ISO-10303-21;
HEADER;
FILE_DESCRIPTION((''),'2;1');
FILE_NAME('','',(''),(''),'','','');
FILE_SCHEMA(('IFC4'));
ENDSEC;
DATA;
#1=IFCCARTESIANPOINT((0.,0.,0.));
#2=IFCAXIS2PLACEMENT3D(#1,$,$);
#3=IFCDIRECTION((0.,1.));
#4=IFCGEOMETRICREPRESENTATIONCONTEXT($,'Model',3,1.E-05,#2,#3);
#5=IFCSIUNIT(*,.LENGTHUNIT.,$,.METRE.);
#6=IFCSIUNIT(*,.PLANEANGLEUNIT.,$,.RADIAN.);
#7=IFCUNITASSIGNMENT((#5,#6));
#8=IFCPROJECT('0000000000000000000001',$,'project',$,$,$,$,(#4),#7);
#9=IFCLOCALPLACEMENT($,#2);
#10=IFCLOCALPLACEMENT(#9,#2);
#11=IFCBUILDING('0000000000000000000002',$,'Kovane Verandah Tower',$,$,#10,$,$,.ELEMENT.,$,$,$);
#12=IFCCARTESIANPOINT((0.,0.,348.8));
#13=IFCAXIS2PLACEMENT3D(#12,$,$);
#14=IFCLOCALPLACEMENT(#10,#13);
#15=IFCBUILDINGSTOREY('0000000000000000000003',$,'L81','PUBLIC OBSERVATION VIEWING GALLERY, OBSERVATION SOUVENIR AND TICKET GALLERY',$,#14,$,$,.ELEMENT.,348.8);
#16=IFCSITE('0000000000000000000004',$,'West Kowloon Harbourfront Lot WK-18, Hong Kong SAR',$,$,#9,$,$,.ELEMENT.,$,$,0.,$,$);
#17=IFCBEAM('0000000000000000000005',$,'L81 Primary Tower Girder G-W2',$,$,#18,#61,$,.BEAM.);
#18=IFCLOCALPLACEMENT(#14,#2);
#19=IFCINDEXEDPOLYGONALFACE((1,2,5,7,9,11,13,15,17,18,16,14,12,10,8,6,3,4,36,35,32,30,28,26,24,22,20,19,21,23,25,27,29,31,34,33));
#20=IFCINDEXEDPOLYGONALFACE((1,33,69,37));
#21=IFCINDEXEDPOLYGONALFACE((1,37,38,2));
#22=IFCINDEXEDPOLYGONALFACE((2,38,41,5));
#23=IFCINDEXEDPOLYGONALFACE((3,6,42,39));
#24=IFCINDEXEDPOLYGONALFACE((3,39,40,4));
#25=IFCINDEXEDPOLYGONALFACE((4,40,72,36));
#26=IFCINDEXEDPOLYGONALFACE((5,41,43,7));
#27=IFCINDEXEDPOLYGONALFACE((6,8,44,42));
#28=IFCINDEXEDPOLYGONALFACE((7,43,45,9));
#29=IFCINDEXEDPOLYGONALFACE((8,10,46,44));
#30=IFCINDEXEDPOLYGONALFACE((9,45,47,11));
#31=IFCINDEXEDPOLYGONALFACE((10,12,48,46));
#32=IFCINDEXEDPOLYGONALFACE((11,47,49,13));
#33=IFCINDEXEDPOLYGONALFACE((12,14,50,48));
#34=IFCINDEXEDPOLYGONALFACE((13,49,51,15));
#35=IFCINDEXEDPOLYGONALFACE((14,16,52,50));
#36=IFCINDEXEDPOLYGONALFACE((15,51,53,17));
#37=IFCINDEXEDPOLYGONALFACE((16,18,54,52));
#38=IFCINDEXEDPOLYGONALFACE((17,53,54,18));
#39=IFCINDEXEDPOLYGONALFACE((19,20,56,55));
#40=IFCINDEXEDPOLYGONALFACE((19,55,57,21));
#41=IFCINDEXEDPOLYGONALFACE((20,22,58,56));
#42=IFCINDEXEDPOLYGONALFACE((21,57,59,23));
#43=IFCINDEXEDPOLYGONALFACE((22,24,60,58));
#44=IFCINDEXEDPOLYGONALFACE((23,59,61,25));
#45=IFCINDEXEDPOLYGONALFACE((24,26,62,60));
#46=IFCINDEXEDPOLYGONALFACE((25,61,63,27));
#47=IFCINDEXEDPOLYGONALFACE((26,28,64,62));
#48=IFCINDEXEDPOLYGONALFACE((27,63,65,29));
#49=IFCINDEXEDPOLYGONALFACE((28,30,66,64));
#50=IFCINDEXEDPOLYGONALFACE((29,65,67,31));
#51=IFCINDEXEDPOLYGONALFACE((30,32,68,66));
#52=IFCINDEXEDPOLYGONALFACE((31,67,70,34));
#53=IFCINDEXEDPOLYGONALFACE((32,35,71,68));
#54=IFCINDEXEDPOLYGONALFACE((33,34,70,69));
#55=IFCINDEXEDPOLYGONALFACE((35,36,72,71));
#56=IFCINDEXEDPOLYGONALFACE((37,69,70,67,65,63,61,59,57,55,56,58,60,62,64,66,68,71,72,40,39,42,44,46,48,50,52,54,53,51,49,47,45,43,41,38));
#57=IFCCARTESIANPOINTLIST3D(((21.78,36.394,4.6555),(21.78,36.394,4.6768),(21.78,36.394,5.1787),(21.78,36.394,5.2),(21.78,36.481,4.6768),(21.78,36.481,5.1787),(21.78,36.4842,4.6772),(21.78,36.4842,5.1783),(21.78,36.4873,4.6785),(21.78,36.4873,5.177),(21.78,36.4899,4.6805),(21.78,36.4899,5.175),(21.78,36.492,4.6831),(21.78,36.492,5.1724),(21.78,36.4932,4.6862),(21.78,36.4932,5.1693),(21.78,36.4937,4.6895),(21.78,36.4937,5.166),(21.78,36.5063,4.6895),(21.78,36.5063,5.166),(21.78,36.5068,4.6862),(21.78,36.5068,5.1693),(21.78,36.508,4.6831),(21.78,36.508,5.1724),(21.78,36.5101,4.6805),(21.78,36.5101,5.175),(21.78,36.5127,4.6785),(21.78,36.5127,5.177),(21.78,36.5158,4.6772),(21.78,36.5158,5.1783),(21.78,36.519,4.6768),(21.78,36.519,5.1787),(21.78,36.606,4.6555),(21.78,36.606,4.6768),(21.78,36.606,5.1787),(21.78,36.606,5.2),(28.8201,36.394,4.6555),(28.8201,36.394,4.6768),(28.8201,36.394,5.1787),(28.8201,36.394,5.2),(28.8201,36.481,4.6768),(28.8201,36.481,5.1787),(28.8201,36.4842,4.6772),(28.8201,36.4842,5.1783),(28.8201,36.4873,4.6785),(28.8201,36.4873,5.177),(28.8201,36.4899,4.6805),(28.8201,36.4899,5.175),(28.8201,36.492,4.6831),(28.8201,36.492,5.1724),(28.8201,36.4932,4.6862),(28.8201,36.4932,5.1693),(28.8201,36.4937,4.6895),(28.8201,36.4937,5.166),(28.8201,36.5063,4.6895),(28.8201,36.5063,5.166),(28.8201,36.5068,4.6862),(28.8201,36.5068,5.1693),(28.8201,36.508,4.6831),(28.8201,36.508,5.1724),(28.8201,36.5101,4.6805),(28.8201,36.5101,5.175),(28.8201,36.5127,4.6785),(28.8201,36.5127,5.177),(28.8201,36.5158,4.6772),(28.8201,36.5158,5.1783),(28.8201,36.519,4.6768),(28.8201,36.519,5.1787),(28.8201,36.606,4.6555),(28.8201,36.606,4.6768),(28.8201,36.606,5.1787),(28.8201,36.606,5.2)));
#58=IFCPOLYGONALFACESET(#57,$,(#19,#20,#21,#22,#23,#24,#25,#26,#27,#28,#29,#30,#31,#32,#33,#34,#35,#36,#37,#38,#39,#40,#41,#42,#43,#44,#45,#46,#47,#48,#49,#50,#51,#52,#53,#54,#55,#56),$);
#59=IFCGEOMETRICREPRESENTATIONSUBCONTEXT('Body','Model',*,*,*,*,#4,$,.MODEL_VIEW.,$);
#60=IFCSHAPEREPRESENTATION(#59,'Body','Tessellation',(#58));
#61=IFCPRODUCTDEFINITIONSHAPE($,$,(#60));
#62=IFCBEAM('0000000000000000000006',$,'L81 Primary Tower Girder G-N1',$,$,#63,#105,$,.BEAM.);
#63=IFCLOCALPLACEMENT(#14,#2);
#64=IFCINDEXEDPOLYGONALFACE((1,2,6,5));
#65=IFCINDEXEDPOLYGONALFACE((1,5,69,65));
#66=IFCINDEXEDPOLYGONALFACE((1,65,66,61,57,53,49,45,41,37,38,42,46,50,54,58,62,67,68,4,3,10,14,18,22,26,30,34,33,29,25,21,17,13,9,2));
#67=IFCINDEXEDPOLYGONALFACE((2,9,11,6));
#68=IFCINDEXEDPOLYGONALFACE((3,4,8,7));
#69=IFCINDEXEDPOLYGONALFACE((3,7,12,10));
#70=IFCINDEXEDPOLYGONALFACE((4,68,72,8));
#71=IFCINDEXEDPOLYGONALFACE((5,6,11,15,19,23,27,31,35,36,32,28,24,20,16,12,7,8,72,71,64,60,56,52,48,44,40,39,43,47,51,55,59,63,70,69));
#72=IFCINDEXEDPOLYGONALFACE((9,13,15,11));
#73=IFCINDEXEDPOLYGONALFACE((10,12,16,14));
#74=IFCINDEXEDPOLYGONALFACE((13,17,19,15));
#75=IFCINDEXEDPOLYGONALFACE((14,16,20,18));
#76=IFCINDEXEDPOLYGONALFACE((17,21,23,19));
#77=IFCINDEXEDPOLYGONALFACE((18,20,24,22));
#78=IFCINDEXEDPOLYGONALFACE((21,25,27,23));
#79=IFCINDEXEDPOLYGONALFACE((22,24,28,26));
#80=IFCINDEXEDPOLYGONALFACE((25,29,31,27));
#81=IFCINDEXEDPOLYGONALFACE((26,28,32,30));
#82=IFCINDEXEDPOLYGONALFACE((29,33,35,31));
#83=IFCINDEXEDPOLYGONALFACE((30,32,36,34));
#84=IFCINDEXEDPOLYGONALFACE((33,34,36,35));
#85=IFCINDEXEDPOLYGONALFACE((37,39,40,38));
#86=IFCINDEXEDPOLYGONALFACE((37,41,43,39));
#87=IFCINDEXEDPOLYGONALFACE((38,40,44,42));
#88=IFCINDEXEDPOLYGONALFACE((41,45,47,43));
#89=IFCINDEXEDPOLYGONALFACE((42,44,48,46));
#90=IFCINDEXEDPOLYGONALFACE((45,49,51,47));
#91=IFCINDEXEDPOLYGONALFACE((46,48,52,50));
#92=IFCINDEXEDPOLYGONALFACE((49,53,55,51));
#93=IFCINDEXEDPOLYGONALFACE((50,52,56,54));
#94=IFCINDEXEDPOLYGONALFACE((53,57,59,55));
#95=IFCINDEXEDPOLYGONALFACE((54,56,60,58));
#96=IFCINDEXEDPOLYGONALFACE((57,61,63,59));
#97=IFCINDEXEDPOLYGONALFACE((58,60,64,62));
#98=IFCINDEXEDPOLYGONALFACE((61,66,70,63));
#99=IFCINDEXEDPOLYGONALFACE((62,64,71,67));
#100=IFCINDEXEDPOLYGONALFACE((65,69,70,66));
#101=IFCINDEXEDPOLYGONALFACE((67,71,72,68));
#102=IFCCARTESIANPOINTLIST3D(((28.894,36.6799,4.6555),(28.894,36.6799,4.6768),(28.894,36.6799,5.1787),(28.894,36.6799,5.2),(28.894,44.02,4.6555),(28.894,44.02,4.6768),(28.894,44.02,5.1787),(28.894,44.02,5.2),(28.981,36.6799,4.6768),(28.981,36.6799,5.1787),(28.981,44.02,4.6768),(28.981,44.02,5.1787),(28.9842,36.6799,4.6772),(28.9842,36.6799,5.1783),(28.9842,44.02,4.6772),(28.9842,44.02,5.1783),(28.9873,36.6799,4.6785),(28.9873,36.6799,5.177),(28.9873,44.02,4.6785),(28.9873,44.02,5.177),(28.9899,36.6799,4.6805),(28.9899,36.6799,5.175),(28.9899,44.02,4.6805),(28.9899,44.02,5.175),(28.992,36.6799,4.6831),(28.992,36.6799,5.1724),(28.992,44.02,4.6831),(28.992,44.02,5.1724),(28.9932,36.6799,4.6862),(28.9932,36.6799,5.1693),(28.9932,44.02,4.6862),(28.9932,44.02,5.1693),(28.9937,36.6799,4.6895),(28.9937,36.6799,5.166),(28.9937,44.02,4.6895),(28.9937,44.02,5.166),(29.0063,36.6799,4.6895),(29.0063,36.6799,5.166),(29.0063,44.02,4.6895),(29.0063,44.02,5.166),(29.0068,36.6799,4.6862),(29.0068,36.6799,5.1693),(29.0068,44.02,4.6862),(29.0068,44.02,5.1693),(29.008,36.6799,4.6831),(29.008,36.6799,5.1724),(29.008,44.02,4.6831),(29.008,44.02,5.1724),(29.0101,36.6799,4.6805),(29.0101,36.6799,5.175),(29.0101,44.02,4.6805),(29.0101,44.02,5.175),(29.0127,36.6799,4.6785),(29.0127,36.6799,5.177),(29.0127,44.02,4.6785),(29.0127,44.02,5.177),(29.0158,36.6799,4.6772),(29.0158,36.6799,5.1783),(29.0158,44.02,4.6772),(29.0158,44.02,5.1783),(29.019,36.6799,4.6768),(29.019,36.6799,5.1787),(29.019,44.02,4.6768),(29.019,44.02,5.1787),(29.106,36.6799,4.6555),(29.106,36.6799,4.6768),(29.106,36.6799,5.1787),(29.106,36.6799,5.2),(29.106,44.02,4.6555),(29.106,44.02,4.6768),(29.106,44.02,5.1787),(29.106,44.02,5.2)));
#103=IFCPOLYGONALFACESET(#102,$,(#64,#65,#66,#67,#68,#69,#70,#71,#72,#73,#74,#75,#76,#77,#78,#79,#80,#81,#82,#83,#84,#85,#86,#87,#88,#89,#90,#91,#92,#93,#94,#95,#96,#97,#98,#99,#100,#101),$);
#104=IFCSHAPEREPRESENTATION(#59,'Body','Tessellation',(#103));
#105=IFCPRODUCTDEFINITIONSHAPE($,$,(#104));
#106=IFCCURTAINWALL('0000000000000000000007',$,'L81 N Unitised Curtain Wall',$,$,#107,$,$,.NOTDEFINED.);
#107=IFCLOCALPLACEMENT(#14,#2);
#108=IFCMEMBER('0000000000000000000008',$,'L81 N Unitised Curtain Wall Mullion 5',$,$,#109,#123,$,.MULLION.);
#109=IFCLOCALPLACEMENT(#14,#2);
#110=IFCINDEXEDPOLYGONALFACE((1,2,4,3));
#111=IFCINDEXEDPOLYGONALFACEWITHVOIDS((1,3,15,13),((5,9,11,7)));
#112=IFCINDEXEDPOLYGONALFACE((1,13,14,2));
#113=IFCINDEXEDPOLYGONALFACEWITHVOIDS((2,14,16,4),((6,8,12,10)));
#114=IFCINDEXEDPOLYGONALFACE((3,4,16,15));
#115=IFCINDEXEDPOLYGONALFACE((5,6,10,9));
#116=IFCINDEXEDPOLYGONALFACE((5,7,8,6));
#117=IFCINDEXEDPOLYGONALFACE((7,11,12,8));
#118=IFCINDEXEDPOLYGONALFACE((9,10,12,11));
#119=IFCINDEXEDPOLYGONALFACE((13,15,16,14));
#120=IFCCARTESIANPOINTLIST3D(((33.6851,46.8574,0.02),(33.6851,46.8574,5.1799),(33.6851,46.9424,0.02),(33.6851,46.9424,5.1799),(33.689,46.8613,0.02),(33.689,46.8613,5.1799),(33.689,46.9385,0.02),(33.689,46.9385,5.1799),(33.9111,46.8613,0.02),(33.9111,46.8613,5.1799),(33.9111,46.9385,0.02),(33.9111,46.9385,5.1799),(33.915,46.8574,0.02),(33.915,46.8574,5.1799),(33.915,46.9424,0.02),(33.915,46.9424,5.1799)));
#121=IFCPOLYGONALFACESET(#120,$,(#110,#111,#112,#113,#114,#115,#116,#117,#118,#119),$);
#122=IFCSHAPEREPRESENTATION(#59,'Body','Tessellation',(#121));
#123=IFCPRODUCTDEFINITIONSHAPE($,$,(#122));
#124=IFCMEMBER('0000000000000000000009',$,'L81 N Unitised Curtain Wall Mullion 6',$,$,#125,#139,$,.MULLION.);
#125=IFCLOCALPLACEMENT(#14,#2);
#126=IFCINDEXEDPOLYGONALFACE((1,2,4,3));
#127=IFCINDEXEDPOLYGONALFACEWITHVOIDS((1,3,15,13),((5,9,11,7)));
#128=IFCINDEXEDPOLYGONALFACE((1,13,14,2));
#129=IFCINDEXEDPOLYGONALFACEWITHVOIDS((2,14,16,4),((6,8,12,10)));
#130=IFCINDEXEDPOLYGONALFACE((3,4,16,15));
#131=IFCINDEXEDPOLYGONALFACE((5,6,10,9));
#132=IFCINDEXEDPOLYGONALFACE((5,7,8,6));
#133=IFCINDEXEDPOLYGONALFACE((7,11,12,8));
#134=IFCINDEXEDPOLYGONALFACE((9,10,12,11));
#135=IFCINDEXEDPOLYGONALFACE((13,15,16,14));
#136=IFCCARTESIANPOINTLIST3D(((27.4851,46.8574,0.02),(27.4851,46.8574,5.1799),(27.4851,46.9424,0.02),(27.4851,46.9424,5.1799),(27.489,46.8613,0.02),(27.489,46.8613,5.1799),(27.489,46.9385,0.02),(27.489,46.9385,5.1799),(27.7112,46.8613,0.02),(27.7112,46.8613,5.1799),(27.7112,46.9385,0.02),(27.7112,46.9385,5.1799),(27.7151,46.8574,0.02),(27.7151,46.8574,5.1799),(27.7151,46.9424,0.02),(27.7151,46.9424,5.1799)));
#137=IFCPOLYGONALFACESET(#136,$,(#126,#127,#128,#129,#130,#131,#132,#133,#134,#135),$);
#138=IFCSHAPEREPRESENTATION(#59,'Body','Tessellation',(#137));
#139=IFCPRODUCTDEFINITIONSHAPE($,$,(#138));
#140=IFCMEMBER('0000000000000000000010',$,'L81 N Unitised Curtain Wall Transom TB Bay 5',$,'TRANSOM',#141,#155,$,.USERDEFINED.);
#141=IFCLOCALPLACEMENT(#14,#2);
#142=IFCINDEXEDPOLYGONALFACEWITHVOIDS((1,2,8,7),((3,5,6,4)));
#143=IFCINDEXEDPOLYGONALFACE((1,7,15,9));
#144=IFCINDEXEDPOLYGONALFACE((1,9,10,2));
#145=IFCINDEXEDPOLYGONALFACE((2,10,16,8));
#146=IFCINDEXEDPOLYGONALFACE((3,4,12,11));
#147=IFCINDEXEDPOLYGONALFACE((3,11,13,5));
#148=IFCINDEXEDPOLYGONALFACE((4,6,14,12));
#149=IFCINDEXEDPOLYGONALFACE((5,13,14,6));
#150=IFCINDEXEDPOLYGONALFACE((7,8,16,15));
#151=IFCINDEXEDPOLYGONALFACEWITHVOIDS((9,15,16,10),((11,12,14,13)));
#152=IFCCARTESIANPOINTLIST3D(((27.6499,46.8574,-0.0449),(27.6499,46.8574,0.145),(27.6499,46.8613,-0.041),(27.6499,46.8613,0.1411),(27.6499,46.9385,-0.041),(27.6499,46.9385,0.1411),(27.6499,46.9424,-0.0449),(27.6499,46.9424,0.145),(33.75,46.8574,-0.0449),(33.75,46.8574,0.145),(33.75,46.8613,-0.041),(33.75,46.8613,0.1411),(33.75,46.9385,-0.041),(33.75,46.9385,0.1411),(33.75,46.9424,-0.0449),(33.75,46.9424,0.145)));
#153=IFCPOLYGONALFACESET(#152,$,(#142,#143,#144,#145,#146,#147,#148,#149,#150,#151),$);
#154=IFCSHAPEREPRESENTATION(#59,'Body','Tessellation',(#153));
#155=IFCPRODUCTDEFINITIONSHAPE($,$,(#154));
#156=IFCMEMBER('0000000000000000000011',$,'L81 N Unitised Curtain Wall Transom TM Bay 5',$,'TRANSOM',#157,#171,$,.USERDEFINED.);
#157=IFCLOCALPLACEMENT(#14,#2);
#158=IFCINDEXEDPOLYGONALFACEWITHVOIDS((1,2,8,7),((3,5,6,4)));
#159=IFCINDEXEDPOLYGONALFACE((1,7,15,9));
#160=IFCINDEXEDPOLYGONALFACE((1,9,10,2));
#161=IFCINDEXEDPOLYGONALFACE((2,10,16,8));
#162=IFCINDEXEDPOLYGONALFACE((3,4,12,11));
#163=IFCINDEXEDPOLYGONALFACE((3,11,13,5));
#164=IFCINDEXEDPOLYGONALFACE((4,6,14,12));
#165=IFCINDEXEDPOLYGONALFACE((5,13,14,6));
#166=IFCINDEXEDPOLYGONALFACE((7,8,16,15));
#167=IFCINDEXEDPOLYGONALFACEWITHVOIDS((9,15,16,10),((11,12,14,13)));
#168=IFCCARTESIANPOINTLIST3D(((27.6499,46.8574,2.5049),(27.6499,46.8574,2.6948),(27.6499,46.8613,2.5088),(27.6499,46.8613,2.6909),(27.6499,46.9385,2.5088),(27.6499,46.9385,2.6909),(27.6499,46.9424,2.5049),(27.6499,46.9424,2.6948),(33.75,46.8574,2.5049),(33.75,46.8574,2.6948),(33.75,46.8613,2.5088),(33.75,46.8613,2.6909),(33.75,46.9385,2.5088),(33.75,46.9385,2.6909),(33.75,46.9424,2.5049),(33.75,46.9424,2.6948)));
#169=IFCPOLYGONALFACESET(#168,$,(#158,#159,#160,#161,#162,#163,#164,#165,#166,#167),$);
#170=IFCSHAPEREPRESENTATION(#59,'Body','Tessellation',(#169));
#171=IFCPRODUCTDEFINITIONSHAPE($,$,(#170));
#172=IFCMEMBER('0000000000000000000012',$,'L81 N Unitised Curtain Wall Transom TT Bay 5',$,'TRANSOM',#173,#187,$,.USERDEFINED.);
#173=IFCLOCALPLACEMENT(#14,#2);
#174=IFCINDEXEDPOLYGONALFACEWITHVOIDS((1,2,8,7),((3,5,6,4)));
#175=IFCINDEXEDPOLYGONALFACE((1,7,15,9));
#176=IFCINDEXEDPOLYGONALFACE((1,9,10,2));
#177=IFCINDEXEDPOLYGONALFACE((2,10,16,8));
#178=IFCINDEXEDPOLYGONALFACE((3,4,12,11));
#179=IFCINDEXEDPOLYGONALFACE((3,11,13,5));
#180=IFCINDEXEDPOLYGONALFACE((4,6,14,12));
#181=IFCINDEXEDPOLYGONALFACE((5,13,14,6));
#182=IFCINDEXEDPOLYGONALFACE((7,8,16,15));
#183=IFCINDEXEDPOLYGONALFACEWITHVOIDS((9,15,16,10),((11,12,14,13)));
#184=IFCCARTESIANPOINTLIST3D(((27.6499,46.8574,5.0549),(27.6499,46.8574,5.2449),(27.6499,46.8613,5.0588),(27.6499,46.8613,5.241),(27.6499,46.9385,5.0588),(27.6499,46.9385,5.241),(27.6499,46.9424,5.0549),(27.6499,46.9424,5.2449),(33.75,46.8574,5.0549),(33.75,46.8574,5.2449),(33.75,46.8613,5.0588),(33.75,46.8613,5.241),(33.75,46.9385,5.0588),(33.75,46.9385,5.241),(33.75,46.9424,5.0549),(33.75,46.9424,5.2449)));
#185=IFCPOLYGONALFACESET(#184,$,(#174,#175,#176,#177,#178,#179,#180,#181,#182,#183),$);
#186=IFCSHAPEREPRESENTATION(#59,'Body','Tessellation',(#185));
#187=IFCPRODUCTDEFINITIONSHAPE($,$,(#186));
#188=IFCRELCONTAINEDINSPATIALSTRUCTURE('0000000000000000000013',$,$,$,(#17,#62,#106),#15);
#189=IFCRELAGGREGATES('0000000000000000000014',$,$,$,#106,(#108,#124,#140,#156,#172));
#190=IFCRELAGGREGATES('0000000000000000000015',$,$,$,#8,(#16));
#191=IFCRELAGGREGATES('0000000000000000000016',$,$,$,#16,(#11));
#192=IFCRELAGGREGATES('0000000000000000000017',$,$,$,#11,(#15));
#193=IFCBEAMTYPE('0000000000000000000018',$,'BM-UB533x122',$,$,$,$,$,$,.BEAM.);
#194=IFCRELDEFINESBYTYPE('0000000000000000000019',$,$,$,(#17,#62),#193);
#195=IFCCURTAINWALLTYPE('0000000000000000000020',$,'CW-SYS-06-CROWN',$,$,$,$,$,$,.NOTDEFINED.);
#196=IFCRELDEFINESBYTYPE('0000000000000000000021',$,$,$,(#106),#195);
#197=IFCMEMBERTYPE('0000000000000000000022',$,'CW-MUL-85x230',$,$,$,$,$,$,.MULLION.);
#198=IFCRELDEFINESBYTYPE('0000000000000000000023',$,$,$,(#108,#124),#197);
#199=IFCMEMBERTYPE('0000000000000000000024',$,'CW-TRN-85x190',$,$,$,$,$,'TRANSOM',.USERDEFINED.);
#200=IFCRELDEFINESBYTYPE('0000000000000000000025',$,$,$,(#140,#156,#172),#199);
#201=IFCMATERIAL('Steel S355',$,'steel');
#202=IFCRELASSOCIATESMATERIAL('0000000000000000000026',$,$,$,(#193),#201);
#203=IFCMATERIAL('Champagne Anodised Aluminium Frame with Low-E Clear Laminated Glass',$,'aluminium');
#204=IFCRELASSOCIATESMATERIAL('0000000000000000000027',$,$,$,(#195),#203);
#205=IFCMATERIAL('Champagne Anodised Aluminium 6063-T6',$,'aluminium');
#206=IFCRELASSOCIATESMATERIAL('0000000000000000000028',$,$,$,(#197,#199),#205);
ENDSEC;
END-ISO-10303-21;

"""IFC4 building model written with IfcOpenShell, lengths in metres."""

from ifc_helpers import new_model, si_unit, direction, frame, origin, origin_2d, place, context, subcontext, project, spatial, hollow_rectangle, i_section, extrude, material, material_profile, profile_set, type_object, element, aggregate, save


model = new_model("IFC4")

# Units and contexts
model_context = context("Model", 3, precision=1e-05, world=origin(), true_north=direction((0.0, 1.0)))
body_context = subcontext(model_context, "Body", "Model", "MODEL_VIEW")
ifc_project = project(units=[si_unit("LENGTHUNIT", "METRE"), si_unit("PLANEANGLEUNIT", "RADIAN")], contexts=[model_context])

# Site, building, storey
site_placement = place(None, origin())
site = spatial("IfcSite", under=ifc_project, at=site_placement, Name="West Kowloon Harbourfront Lot WK-18, Hong Kong SAR", CompositionType="ELEMENT", RefElevation=0.0)
building_placement = place(site_placement, origin())
building = spatial("IfcBuilding", under=site, at=building_placement, Name="Kovane Verandah Tower", CompositionType="ELEMENT")
storey_placement = place(building_placement, frame((0.0, 0.0, 348.8)))
storey = spatial("IfcBuildingStorey", under=building, at=storey_placement, Name="L81", Description="PUBLIC OBSERVATION VIEWING GALLERY, OBSERVATION SOUVENIR AND TICKET GALLERY", CompositionType="ELEMENT", Elevation=348.8)

# Shared definitions
ifc_material_1 = material(Name="Steel S355", Category="steel")

# Beams
ifc_material_profile_1 = material_profile(ifc_material_1, i_section(OverallWidth=0.2119, OverallDepth=0.5444, WebThickness=0.0127, FlangeThickness=0.0212, FilletRadius=0.0127, at=origin_2d()), Name="UB533x210x122")
ifc_profile_set_1 = profile_set([ifc_material_profile_1], Name="Steel S355")
beam_type_1 = type_object("IfcBeamType", Name="BM-UB533x122", PredefinedType="BEAM", material=ifc_profile_set_1)
beam_1_placement = place(storey_placement, frame((28.8201, 36.5, 4.9277), z_axis=(-1.0, 0.0, 0.0), x_axis=(0.0, -1.0, 0.0)))
element("IfcBeam", 1, at=beam_1_placement, inside=storey, type_object=beam_type_1, Name="L81 Primary Tower Girder G-W2", PredefinedType="BEAM", context=body_context, shape_type="SweptSolid", body=[
    extrude(i_section(OverallWidth=0.2119, OverallDepth=0.5444, WebThickness=0.0127, FlangeThickness=0.0212, FilletRadius=0.0127, at=origin_2d()), origin(), (0.0, 0.0, 1.0), 7.04),
])
beam_2_placement = place(storey_placement, frame((29.0, 36.6799, 4.9277), z_axis=(0.0, 1.0, 0.0), x_axis=(-1.0, 0.0, 0.0)))
element("IfcBeam", 2, at=beam_2_placement, inside=storey, type_object=beam_type_1, Name="L81 Primary Tower Girder G-N1", PredefinedType="BEAM", context=body_context, shape_type="SweptSolid", body=[
    extrude(i_section(OverallWidth=0.2119, OverallDepth=0.5444, WebThickness=0.0127, FlangeThickness=0.0212, FilletRadius=0.0127, at=origin_2d()), origin(), (0.0, 0.0, 1.0), 7.3401),
])

# Curtain wall, members
ifc_material_2 = material(Name="Champagne Anodised Aluminium Frame with Low-E Clear Laminated Glass", Category="aluminium")
curtain_wall_type = type_object("IfcCurtainWallType", Name="CW-SYS-06-CROWN", PredefinedType="NOTDEFINED", material=ifc_material_2)
curtain_wall_placement = place(storey_placement, origin())
curtain_wall = element("IfcCurtainWall", 3, at=curtain_wall_placement, inside=storey, type_object=curtain_wall_type, Name="L81 N Unitised Curtain Wall", PredefinedType="NOTDEFINED")
ifc_material_3 = material(Name="Champagne Anodised Aluminium 6063-T6", Category="aluminium")
ifc_material_profile_2 = material_profile(ifc_material_3, hollow_rectangle(XDim=0.085, YDim=0.23, WallThickness=0.0039, at=origin_2d()), Name="AL85x230x4")
ifc_profile_set_2 = profile_set([ifc_material_profile_2], Name="Champagne Anodised Aluminium 6063-T6")
member_type_1 = type_object("IfcMemberType", Name="CW-MUL-85x230", PredefinedType="MULLION", material=ifc_profile_set_2)
member_1_placement = place(storey_placement, frame((33.8, 46.8999, 0.02), z_axis=(0.0, 0.0, 1.0), x_axis=(0.0, 1.0, 0.0)))
member_1 = element("IfcMember", 4, at=member_1_placement, type_object=member_type_1, Name="L81 N Unitised Curtain Wall Mullion 5", PredefinedType="MULLION", context=body_context, shape_type="SweptSolid", body=[
    extrude(hollow_rectangle(XDim=0.085, YDim=0.23, WallThickness=0.0039, at=origin_2d()), origin(), (0.0, 0.0, 1.0), 5.1599),
])
member_2_placement = place(storey_placement, frame((27.6001, 46.8999, 0.02), z_axis=(0.0, 0.0, 1.0), x_axis=(0.0, 1.0, 0.0)))
member_2 = element("IfcMember", 5, at=member_2_placement, type_object=member_type_1, Name="L81 N Unitised Curtain Wall Mullion 6", PredefinedType="MULLION", context=body_context, shape_type="SweptSolid", body=[
    extrude(hollow_rectangle(XDim=0.085, YDim=0.23, WallThickness=0.0039, at=origin_2d()), origin(), (0.0, 0.0, 1.0), 5.1599),
])
ifc_material_profile_3 = material_profile(ifc_material_3, hollow_rectangle(XDim=0.085, YDim=0.1899, WallThickness=0.0039, at=origin_2d()), Name="AL85x190x4")
ifc_profile_set_3 = profile_set([ifc_material_profile_3], Name="Champagne Anodised Aluminium 6063-T6")
member_type_2 = type_object("IfcMemberType", Name="CW-TRN-85x190", ElementType="TRANSOM", PredefinedType="USERDEFINED", material=ifc_profile_set_3)
member_3_placement = place(storey_placement, frame((33.75, 46.8999, 0.05), z_axis=(-1.0, 0.0, 0.0), x_axis=(0.0, -1.0, 0.0)))
member_3 = element("IfcMember", 6, at=member_3_placement, type_object=member_type_2, Name="L81 N Unitised Curtain Wall Transom TB Bay 5", ObjectType="TRANSOM", PredefinedType="USERDEFINED", context=body_context, shape_type="SweptSolid", body=[
    extrude(hollow_rectangle(XDim=0.085, YDim=0.1899, WallThickness=0.0039, at=origin_2d()), origin(), (0.0, 0.0, 1.0), 6.1001),
])
member_4_placement = place(storey_placement, frame((33.75, 46.8999, 2.5999), z_axis=(-1.0, 0.0, 0.0), x_axis=(0.0, -1.0, 0.0)))
member_4 = element("IfcMember", 7, at=member_4_placement, type_object=member_type_2, Name="L81 N Unitised Curtain Wall Transom TM Bay 5", ObjectType="TRANSOM", PredefinedType="USERDEFINED", context=body_context, shape_type="SweptSolid", body=[
    extrude(hollow_rectangle(XDim=0.085, YDim=0.1899, WallThickness=0.0039, at=origin_2d()), origin(), (0.0, 0.0, 1.0), 6.1001),
])
member_5_placement = place(storey_placement, frame((33.75, 46.8999, 5.1499), z_axis=(-1.0, 0.0, 0.0), x_axis=(0.0, -1.0, 0.0)))
member_5 = element("IfcMember", 8, at=member_5_placement, type_object=member_type_2, Name="L81 N Unitised Curtain Wall Transom TT Bay 5", ObjectType="TRANSOM", PredefinedType="USERDEFINED", context=body_context, shape_type="SweptSolid", body=[
    extrude(hollow_rectangle(XDim=0.085, YDim=0.1899, WallThickness=0.0039, at=origin_2d()), origin(), (0.0, 0.0, 1.0), 6.1001),
])

aggregate(curtain_wall, [member_1, member_2, member_3, member_4, member_5])

save(model, "model.ifc")
